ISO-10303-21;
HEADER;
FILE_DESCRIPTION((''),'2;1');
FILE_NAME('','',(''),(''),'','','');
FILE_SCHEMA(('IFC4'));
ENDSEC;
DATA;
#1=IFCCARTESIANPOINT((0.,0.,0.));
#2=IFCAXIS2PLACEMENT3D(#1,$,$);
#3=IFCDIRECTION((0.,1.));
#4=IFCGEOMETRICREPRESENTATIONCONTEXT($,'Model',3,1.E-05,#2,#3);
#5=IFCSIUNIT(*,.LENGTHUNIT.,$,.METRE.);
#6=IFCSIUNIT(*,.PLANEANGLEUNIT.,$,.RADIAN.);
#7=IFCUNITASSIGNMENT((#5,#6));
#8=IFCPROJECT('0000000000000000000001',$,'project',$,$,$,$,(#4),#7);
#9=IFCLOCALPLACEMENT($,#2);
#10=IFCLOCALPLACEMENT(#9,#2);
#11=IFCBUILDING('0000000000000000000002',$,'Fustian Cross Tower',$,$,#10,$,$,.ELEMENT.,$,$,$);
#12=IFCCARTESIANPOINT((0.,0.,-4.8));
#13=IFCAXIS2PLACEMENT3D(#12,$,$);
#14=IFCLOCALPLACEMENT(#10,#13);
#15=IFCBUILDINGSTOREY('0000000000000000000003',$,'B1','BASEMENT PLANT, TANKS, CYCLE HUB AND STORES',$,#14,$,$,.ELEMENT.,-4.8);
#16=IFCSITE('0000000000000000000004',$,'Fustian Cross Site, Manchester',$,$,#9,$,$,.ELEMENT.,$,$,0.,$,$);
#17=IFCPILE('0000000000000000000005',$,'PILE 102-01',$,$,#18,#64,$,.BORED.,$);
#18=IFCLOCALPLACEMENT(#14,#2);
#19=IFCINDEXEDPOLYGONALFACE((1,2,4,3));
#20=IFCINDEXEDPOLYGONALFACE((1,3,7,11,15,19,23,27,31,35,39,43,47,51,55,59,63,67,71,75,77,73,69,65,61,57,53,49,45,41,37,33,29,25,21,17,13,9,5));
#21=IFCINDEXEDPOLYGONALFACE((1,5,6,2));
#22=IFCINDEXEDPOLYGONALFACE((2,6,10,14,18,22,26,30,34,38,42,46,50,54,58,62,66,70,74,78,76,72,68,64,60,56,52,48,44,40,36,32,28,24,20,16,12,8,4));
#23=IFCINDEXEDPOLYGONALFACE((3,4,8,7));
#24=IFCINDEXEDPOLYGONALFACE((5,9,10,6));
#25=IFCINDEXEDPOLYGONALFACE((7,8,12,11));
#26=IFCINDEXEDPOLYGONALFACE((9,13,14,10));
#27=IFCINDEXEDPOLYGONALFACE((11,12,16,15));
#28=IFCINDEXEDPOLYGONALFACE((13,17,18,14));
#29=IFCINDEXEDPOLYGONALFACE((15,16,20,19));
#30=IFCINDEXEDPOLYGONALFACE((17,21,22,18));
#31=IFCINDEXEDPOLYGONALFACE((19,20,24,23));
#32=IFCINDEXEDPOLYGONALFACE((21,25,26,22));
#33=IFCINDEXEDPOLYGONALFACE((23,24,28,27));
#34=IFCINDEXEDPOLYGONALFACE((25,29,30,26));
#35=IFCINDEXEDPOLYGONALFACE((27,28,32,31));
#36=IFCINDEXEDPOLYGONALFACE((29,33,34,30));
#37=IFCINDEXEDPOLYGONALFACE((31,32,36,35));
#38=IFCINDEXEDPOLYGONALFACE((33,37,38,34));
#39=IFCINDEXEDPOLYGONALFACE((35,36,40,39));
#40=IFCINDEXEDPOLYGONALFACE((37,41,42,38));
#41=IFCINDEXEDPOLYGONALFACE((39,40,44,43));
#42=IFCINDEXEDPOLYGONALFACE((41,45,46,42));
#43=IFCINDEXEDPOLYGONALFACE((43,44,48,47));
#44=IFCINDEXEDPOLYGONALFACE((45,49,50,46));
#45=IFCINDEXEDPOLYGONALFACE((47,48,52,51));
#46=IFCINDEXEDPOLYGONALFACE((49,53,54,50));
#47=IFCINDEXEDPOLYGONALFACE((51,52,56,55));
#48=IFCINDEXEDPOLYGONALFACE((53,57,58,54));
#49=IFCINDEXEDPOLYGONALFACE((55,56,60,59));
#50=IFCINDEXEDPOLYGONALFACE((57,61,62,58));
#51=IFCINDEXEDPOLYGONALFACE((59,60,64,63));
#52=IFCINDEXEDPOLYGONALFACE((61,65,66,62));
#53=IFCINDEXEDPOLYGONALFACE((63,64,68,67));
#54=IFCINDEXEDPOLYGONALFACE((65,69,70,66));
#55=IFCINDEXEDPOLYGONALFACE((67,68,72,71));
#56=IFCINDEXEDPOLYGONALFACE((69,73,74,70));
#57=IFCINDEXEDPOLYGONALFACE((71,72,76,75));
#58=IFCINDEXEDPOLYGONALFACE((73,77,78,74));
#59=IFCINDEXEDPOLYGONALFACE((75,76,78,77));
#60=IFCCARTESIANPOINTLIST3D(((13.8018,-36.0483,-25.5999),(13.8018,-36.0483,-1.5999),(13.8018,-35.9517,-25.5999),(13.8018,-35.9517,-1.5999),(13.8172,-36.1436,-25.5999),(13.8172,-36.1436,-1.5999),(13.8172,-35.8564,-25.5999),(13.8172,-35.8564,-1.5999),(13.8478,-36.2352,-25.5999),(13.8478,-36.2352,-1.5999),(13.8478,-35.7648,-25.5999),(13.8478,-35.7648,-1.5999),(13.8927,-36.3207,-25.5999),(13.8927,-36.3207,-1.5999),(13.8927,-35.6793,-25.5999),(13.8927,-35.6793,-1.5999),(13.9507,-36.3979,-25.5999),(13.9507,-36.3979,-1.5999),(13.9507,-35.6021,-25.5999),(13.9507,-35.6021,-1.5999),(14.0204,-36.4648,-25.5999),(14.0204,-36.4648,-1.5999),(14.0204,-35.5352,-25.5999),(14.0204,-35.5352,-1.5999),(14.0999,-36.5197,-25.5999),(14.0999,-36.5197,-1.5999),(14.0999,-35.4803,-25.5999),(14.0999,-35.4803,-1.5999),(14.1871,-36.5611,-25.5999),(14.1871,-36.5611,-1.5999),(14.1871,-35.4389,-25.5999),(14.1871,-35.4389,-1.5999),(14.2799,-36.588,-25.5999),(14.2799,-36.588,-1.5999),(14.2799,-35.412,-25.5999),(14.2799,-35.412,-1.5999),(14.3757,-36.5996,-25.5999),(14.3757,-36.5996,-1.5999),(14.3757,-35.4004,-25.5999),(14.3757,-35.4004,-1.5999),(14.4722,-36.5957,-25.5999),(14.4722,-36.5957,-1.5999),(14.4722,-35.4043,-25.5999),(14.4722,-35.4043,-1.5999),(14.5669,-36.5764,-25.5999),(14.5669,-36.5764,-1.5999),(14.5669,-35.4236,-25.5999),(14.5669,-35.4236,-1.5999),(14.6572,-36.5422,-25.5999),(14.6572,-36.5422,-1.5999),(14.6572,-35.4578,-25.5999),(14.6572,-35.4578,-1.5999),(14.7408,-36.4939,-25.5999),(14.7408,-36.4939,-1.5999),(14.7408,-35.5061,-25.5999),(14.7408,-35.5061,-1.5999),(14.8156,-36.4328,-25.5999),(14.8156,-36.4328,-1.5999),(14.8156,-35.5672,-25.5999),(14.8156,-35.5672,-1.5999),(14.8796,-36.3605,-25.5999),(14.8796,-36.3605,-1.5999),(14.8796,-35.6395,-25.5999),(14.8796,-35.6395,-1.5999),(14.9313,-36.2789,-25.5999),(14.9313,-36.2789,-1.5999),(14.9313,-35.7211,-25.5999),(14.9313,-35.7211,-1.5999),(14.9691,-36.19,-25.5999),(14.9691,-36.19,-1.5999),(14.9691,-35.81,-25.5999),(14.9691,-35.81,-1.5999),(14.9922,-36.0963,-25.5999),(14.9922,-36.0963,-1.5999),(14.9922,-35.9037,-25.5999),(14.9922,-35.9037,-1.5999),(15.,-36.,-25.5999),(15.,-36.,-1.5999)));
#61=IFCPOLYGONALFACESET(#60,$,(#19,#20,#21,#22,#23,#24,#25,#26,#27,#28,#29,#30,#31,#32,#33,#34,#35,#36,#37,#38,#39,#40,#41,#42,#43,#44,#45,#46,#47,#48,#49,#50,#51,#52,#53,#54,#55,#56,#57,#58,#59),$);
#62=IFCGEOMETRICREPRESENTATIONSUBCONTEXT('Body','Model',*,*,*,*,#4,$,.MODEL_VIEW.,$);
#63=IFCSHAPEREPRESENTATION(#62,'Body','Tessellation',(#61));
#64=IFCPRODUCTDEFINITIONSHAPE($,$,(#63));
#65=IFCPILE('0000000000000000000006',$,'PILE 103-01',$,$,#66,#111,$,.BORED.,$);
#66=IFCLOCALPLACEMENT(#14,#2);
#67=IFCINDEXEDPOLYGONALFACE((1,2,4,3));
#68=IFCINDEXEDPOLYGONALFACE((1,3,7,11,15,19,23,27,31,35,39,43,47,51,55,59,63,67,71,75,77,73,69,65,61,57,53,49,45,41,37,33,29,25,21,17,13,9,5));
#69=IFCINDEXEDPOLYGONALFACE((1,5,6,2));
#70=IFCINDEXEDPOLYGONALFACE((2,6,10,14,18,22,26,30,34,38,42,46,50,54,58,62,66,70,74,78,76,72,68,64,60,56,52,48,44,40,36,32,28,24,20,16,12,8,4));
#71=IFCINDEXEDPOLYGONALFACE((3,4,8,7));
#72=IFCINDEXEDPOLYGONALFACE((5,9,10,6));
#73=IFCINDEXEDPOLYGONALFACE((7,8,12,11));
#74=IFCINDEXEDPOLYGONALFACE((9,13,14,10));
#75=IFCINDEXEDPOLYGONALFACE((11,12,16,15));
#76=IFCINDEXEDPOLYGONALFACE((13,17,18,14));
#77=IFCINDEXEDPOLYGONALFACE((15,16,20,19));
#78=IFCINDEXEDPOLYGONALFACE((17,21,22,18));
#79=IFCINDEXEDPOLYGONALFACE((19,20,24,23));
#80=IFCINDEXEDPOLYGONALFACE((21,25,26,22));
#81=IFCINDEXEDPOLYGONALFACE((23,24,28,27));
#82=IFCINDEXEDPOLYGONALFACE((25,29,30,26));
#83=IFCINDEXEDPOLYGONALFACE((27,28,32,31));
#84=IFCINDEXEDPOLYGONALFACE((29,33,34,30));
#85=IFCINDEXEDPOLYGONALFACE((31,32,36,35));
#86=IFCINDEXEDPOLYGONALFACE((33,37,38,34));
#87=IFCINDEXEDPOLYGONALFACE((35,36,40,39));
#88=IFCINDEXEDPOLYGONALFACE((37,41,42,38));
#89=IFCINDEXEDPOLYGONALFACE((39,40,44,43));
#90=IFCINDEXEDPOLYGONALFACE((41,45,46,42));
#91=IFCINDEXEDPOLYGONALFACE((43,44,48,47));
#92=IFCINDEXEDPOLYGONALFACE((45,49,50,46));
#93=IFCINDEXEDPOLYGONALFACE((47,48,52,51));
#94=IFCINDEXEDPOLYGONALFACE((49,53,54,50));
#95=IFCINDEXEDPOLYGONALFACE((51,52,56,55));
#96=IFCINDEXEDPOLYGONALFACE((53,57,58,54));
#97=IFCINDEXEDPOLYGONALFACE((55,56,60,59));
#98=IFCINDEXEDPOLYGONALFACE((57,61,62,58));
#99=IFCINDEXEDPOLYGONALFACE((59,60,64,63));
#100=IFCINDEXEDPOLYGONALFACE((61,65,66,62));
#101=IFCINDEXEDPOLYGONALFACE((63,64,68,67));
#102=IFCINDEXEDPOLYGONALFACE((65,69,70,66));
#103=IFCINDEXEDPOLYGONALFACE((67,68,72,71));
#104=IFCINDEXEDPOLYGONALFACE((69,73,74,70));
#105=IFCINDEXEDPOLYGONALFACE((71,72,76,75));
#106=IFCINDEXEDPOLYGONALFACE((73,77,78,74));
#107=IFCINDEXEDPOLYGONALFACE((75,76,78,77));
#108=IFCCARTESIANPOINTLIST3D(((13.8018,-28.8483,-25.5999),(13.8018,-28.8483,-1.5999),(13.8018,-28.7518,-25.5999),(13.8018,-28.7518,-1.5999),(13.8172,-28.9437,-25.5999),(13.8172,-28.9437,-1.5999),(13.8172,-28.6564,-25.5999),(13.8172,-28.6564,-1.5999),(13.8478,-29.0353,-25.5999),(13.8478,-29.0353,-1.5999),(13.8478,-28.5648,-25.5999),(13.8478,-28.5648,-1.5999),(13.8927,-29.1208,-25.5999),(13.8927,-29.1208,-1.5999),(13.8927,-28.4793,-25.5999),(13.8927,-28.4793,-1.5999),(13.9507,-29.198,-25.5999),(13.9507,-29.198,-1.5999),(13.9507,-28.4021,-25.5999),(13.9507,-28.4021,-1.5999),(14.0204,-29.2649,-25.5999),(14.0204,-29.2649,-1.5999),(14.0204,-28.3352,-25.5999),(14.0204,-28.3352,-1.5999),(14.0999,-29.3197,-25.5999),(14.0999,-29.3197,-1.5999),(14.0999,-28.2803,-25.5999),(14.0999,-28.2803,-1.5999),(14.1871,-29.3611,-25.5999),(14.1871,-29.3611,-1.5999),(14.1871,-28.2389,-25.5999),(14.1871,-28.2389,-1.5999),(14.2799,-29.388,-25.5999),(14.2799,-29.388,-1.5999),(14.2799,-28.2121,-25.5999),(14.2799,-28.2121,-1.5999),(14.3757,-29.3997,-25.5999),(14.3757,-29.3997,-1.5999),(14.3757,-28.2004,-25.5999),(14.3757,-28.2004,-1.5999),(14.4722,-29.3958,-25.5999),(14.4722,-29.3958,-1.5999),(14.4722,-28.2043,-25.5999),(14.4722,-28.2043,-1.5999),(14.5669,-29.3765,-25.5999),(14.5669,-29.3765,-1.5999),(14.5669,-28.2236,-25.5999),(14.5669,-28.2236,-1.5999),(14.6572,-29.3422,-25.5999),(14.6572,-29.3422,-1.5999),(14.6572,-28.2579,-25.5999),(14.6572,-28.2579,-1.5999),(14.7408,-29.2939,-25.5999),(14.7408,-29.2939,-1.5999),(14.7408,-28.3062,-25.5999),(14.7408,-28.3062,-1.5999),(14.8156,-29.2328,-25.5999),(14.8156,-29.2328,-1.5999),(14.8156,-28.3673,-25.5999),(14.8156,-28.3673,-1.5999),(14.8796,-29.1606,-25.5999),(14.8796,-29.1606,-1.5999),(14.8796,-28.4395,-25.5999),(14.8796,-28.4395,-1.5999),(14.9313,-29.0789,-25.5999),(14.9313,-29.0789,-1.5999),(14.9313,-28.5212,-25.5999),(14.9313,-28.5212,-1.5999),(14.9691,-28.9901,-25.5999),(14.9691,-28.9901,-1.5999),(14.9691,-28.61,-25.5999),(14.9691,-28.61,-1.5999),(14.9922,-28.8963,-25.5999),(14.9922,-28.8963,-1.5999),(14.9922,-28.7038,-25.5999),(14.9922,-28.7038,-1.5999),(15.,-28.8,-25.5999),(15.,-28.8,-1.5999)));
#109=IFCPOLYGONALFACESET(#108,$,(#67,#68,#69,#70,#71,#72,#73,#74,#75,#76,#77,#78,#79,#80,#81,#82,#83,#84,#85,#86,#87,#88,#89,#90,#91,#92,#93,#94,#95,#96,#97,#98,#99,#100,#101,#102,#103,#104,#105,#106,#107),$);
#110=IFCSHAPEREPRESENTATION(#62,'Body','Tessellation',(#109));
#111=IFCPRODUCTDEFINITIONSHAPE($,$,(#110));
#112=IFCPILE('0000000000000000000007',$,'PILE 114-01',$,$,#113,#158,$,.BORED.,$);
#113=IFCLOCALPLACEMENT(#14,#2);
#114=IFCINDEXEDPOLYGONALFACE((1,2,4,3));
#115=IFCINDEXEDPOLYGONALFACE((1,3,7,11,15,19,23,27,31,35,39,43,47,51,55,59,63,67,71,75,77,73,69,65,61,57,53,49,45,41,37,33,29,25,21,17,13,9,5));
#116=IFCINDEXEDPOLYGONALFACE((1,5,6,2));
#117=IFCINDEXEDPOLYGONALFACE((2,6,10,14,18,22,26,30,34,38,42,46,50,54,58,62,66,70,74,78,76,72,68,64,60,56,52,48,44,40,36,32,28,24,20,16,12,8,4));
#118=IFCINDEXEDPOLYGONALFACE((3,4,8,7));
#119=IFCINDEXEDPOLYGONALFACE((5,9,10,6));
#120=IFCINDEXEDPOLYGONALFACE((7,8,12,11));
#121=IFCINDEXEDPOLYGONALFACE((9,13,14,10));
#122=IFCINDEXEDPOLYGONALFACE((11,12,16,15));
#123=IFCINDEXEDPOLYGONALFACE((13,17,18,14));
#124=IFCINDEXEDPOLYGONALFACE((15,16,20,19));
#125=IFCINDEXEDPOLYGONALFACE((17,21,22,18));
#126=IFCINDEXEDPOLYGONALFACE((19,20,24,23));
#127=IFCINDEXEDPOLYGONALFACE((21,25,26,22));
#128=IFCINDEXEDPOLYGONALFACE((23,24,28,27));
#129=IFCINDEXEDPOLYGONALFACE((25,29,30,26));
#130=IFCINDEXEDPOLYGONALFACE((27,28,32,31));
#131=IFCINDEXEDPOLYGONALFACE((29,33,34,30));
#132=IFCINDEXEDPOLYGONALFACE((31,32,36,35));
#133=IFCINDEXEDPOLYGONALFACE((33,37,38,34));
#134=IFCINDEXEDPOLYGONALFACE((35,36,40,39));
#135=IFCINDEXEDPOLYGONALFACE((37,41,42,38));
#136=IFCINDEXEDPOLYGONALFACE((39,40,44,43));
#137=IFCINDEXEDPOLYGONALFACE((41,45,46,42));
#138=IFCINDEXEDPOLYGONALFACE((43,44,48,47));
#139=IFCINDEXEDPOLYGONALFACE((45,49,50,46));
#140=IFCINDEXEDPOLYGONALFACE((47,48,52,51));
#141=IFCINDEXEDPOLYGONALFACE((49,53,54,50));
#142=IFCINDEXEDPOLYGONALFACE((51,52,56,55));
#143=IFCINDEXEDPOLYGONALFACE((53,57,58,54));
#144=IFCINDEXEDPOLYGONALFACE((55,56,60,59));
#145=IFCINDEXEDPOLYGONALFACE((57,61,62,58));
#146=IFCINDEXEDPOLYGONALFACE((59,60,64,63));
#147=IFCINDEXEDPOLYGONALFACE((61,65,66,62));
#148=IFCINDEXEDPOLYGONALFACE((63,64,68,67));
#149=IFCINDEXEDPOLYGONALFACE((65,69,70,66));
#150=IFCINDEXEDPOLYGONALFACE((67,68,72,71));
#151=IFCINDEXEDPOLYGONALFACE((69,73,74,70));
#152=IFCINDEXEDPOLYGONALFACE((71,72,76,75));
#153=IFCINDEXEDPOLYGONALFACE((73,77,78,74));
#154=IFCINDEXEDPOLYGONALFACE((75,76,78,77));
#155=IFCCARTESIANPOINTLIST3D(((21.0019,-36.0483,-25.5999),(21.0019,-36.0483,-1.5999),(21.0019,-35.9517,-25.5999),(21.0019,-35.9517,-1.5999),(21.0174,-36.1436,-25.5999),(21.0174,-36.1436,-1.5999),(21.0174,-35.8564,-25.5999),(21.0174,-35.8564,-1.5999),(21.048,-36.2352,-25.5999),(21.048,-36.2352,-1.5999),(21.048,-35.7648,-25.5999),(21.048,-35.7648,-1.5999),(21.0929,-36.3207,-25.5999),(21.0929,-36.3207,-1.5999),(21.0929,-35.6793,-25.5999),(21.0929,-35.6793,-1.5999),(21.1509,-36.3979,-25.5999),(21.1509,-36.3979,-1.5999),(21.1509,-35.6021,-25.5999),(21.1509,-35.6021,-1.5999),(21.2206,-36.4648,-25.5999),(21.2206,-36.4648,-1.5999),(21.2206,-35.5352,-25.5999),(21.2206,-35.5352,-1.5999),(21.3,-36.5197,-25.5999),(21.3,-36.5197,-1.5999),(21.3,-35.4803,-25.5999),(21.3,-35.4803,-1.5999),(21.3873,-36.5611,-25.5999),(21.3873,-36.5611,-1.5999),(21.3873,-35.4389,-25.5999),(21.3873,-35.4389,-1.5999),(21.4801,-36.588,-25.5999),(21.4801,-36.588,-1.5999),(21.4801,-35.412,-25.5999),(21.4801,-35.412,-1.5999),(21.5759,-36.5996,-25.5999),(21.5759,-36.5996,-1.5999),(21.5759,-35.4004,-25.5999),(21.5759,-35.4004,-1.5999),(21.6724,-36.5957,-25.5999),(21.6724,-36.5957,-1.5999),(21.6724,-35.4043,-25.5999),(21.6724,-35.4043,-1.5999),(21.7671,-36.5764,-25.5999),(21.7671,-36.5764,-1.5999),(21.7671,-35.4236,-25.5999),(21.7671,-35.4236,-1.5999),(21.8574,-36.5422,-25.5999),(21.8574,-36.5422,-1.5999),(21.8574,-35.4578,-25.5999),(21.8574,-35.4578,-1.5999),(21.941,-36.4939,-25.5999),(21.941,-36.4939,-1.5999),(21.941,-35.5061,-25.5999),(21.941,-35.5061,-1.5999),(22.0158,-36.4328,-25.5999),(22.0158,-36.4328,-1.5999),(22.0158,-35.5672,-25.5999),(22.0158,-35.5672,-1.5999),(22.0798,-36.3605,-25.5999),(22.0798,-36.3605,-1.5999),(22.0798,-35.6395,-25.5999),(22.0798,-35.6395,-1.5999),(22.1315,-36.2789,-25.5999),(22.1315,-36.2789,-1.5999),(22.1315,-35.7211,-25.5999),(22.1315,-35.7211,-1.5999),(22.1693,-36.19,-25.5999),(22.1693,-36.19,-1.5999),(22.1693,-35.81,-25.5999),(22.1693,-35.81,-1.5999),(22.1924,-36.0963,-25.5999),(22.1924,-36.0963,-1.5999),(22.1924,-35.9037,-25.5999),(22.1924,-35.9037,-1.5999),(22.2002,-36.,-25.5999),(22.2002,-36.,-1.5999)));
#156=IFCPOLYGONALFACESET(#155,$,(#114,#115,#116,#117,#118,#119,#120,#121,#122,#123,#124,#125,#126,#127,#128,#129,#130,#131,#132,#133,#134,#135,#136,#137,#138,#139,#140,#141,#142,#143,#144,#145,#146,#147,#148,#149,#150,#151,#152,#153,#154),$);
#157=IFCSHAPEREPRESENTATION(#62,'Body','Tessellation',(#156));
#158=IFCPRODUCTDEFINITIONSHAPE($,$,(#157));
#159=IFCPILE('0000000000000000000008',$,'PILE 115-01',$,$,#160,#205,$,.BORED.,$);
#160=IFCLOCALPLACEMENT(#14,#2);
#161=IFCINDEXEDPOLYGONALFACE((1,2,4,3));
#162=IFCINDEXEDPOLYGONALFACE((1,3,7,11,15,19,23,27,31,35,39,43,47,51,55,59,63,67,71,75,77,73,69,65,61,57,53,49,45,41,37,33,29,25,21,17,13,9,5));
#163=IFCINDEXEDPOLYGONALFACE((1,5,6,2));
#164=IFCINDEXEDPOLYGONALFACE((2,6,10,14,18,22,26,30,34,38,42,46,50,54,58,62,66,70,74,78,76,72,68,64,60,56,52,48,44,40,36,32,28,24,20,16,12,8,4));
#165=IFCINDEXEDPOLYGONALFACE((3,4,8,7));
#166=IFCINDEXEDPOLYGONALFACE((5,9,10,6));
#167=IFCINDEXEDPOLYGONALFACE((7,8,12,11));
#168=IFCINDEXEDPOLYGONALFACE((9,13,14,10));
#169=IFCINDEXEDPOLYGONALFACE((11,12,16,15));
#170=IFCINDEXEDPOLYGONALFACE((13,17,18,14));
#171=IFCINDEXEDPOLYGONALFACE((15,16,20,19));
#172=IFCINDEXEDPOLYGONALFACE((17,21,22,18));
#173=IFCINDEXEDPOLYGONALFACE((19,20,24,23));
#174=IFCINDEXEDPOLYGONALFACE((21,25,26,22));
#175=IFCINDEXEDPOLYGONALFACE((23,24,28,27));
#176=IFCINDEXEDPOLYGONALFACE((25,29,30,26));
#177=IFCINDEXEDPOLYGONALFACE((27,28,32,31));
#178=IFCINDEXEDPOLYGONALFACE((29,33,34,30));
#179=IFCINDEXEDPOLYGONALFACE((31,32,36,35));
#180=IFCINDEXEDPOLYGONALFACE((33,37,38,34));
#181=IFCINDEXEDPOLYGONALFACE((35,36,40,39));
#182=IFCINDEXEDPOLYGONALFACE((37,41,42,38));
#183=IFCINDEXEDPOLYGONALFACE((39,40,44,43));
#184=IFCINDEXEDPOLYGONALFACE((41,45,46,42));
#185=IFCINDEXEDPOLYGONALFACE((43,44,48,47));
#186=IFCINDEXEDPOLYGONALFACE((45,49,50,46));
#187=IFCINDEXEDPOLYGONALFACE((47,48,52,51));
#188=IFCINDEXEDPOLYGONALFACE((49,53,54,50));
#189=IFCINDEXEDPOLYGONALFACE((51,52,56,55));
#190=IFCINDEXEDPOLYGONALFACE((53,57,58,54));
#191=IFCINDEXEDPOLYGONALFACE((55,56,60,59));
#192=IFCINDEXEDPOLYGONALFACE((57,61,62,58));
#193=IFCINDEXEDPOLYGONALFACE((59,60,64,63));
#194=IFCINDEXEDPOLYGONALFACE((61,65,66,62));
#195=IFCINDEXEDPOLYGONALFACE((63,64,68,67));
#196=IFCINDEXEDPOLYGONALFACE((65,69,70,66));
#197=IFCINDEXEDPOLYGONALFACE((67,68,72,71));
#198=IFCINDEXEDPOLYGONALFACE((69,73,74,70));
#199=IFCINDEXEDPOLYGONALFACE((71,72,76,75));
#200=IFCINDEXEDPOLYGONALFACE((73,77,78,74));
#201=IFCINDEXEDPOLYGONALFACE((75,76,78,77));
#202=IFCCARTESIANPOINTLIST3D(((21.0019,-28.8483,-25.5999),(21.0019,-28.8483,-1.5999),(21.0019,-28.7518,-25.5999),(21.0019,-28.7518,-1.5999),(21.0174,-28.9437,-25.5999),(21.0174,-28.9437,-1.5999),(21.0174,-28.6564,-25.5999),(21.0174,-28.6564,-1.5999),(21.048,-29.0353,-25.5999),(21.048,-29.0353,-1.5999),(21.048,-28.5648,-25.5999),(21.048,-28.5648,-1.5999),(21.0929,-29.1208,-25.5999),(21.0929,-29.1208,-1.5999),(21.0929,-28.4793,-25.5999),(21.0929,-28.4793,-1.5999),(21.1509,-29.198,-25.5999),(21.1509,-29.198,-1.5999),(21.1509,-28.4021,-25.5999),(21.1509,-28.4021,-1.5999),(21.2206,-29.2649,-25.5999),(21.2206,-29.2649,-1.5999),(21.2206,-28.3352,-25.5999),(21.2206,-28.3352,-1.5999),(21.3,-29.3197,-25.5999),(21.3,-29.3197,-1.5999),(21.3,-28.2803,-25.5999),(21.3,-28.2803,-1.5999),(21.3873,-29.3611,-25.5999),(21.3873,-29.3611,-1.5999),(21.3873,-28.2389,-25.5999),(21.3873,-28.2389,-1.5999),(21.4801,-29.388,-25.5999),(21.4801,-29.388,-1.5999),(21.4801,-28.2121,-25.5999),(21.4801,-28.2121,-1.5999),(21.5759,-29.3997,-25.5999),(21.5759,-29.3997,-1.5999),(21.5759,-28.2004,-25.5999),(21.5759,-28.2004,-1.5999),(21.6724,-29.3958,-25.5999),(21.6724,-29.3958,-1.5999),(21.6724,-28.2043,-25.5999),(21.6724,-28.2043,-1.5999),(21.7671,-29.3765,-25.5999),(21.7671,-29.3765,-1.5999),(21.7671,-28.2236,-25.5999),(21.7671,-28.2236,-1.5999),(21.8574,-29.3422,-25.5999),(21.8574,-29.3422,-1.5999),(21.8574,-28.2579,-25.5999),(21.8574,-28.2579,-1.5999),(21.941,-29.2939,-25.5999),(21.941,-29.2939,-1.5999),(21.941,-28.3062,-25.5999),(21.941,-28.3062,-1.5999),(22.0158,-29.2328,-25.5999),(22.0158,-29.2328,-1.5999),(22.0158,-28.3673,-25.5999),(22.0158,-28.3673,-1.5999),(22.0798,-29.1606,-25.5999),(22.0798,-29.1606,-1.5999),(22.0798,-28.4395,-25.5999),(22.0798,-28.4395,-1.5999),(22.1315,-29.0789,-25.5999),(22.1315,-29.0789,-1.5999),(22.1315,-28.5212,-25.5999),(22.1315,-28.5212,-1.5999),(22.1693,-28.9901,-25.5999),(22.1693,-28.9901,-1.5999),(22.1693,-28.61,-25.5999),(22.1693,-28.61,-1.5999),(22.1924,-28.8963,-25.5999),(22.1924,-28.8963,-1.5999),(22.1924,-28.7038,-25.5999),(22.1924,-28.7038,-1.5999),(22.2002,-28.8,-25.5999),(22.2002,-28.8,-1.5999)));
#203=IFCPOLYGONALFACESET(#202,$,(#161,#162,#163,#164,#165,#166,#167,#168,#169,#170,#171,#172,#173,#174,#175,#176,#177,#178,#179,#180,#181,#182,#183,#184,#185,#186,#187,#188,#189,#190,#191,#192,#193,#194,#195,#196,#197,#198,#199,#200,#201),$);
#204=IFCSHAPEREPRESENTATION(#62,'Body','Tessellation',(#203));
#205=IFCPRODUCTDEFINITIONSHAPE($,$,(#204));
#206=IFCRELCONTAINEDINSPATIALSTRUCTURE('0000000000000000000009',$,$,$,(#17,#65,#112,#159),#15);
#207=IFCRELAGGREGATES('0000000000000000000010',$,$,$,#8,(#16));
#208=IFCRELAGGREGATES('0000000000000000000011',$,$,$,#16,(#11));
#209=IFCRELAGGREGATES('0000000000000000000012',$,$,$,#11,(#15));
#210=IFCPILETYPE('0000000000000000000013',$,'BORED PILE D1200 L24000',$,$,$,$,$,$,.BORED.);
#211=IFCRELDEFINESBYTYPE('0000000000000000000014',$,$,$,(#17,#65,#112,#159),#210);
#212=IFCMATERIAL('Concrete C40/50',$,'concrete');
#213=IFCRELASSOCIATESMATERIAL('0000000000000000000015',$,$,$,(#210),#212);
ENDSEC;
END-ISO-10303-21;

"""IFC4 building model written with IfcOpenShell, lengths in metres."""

from ifc_helpers import new_model, si_unit, direction, frame, origin, origin_2d, place, context, subcontext, project, spatial, circle, extrude, material, material_profile, profile_set, type_object, element, save


model = new_model("IFC4")

# Units and contexts
model_context = context("Model", 3, precision=1e-05, world=origin(), true_north=direction((0.0, 1.0)))
body_context = subcontext(model_context, "Body", "Model", "MODEL_VIEW")
ifc_project = project(units=[si_unit("LENGTHUNIT", "METRE"), si_unit("PLANEANGLEUNIT", "RADIAN")], contexts=[model_context])

# Site, building, storey
site_placement = place(None, origin())
site = spatial("IfcSite", under=ifc_project, at=site_placement, Name="Fustian Cross Site, Manchester", CompositionType="ELEMENT", RefElevation=0.0)
building_placement = place(site_placement, origin())
building = spatial("IfcBuilding", under=site, at=building_placement, Name="Fustian Cross Tower", CompositionType="ELEMENT")
storey_placement = place(building_placement, frame((0.0, 0.0, -4.8)))
storey = spatial("IfcBuildingStorey", under=building, at=storey_placement, Name="B1", Description="BASEMENT PLANT, TANKS, CYCLE HUB AND STORES", CompositionType="ELEMENT", Elevation=-4.8)

# Piles
ifc_material_1 = material(Name="Concrete C40/50", Category="concrete")
ifc_material_profile_1 = material_profile(ifc_material_1, circle(Radius=0.6001, at=origin_2d()), Name="BORED PILE D1200 L24000")
ifc_profile_set_1 = profile_set([ifc_material_profile_1], Name="Concrete C40/50")
pile_type_1 = type_object("IfcPileType", Name="BORED PILE D1200 L24000", PredefinedType="BORED", material=ifc_profile_set_1)
for number, where, z_axis, x_axis, name in (
    (1, (14.3999, -36.0, -1.5999), (0.0, 0.0, -1.0), (1.0, 0.0, 0.0), "PILE 102-01"),
    (2, (14.3999, -28.8, -1.5999), (0.0, 0.0, -1.0), (1.0, 0.0, 0.0), "PILE 103-01"),
    (3, (21.6001, -36.0, -1.5999), (0.0, 0.0, -1.0), (1.0, 0.0, 0.0), "PILE 114-01"),
    (4, (21.6001, -28.8, -1.5999), (0.0, 0.0, -1.0), (1.0, 0.0, 0.0), "PILE 115-01"),
):
    element("IfcPile", number, at=place(storey_placement, frame(where, z_axis=z_axis, x_axis=x_axis)), inside=storey, type_object=pile_type_1, Name=name, PredefinedType="BORED", context=body_context, shape_type="SweptSolid", body=[
        extrude(circle(Radius=0.6001, at=origin_2d()), origin(), (0.0, 0.0, 1.0), 24.0),
    ])

save(model, "model.ifc")
